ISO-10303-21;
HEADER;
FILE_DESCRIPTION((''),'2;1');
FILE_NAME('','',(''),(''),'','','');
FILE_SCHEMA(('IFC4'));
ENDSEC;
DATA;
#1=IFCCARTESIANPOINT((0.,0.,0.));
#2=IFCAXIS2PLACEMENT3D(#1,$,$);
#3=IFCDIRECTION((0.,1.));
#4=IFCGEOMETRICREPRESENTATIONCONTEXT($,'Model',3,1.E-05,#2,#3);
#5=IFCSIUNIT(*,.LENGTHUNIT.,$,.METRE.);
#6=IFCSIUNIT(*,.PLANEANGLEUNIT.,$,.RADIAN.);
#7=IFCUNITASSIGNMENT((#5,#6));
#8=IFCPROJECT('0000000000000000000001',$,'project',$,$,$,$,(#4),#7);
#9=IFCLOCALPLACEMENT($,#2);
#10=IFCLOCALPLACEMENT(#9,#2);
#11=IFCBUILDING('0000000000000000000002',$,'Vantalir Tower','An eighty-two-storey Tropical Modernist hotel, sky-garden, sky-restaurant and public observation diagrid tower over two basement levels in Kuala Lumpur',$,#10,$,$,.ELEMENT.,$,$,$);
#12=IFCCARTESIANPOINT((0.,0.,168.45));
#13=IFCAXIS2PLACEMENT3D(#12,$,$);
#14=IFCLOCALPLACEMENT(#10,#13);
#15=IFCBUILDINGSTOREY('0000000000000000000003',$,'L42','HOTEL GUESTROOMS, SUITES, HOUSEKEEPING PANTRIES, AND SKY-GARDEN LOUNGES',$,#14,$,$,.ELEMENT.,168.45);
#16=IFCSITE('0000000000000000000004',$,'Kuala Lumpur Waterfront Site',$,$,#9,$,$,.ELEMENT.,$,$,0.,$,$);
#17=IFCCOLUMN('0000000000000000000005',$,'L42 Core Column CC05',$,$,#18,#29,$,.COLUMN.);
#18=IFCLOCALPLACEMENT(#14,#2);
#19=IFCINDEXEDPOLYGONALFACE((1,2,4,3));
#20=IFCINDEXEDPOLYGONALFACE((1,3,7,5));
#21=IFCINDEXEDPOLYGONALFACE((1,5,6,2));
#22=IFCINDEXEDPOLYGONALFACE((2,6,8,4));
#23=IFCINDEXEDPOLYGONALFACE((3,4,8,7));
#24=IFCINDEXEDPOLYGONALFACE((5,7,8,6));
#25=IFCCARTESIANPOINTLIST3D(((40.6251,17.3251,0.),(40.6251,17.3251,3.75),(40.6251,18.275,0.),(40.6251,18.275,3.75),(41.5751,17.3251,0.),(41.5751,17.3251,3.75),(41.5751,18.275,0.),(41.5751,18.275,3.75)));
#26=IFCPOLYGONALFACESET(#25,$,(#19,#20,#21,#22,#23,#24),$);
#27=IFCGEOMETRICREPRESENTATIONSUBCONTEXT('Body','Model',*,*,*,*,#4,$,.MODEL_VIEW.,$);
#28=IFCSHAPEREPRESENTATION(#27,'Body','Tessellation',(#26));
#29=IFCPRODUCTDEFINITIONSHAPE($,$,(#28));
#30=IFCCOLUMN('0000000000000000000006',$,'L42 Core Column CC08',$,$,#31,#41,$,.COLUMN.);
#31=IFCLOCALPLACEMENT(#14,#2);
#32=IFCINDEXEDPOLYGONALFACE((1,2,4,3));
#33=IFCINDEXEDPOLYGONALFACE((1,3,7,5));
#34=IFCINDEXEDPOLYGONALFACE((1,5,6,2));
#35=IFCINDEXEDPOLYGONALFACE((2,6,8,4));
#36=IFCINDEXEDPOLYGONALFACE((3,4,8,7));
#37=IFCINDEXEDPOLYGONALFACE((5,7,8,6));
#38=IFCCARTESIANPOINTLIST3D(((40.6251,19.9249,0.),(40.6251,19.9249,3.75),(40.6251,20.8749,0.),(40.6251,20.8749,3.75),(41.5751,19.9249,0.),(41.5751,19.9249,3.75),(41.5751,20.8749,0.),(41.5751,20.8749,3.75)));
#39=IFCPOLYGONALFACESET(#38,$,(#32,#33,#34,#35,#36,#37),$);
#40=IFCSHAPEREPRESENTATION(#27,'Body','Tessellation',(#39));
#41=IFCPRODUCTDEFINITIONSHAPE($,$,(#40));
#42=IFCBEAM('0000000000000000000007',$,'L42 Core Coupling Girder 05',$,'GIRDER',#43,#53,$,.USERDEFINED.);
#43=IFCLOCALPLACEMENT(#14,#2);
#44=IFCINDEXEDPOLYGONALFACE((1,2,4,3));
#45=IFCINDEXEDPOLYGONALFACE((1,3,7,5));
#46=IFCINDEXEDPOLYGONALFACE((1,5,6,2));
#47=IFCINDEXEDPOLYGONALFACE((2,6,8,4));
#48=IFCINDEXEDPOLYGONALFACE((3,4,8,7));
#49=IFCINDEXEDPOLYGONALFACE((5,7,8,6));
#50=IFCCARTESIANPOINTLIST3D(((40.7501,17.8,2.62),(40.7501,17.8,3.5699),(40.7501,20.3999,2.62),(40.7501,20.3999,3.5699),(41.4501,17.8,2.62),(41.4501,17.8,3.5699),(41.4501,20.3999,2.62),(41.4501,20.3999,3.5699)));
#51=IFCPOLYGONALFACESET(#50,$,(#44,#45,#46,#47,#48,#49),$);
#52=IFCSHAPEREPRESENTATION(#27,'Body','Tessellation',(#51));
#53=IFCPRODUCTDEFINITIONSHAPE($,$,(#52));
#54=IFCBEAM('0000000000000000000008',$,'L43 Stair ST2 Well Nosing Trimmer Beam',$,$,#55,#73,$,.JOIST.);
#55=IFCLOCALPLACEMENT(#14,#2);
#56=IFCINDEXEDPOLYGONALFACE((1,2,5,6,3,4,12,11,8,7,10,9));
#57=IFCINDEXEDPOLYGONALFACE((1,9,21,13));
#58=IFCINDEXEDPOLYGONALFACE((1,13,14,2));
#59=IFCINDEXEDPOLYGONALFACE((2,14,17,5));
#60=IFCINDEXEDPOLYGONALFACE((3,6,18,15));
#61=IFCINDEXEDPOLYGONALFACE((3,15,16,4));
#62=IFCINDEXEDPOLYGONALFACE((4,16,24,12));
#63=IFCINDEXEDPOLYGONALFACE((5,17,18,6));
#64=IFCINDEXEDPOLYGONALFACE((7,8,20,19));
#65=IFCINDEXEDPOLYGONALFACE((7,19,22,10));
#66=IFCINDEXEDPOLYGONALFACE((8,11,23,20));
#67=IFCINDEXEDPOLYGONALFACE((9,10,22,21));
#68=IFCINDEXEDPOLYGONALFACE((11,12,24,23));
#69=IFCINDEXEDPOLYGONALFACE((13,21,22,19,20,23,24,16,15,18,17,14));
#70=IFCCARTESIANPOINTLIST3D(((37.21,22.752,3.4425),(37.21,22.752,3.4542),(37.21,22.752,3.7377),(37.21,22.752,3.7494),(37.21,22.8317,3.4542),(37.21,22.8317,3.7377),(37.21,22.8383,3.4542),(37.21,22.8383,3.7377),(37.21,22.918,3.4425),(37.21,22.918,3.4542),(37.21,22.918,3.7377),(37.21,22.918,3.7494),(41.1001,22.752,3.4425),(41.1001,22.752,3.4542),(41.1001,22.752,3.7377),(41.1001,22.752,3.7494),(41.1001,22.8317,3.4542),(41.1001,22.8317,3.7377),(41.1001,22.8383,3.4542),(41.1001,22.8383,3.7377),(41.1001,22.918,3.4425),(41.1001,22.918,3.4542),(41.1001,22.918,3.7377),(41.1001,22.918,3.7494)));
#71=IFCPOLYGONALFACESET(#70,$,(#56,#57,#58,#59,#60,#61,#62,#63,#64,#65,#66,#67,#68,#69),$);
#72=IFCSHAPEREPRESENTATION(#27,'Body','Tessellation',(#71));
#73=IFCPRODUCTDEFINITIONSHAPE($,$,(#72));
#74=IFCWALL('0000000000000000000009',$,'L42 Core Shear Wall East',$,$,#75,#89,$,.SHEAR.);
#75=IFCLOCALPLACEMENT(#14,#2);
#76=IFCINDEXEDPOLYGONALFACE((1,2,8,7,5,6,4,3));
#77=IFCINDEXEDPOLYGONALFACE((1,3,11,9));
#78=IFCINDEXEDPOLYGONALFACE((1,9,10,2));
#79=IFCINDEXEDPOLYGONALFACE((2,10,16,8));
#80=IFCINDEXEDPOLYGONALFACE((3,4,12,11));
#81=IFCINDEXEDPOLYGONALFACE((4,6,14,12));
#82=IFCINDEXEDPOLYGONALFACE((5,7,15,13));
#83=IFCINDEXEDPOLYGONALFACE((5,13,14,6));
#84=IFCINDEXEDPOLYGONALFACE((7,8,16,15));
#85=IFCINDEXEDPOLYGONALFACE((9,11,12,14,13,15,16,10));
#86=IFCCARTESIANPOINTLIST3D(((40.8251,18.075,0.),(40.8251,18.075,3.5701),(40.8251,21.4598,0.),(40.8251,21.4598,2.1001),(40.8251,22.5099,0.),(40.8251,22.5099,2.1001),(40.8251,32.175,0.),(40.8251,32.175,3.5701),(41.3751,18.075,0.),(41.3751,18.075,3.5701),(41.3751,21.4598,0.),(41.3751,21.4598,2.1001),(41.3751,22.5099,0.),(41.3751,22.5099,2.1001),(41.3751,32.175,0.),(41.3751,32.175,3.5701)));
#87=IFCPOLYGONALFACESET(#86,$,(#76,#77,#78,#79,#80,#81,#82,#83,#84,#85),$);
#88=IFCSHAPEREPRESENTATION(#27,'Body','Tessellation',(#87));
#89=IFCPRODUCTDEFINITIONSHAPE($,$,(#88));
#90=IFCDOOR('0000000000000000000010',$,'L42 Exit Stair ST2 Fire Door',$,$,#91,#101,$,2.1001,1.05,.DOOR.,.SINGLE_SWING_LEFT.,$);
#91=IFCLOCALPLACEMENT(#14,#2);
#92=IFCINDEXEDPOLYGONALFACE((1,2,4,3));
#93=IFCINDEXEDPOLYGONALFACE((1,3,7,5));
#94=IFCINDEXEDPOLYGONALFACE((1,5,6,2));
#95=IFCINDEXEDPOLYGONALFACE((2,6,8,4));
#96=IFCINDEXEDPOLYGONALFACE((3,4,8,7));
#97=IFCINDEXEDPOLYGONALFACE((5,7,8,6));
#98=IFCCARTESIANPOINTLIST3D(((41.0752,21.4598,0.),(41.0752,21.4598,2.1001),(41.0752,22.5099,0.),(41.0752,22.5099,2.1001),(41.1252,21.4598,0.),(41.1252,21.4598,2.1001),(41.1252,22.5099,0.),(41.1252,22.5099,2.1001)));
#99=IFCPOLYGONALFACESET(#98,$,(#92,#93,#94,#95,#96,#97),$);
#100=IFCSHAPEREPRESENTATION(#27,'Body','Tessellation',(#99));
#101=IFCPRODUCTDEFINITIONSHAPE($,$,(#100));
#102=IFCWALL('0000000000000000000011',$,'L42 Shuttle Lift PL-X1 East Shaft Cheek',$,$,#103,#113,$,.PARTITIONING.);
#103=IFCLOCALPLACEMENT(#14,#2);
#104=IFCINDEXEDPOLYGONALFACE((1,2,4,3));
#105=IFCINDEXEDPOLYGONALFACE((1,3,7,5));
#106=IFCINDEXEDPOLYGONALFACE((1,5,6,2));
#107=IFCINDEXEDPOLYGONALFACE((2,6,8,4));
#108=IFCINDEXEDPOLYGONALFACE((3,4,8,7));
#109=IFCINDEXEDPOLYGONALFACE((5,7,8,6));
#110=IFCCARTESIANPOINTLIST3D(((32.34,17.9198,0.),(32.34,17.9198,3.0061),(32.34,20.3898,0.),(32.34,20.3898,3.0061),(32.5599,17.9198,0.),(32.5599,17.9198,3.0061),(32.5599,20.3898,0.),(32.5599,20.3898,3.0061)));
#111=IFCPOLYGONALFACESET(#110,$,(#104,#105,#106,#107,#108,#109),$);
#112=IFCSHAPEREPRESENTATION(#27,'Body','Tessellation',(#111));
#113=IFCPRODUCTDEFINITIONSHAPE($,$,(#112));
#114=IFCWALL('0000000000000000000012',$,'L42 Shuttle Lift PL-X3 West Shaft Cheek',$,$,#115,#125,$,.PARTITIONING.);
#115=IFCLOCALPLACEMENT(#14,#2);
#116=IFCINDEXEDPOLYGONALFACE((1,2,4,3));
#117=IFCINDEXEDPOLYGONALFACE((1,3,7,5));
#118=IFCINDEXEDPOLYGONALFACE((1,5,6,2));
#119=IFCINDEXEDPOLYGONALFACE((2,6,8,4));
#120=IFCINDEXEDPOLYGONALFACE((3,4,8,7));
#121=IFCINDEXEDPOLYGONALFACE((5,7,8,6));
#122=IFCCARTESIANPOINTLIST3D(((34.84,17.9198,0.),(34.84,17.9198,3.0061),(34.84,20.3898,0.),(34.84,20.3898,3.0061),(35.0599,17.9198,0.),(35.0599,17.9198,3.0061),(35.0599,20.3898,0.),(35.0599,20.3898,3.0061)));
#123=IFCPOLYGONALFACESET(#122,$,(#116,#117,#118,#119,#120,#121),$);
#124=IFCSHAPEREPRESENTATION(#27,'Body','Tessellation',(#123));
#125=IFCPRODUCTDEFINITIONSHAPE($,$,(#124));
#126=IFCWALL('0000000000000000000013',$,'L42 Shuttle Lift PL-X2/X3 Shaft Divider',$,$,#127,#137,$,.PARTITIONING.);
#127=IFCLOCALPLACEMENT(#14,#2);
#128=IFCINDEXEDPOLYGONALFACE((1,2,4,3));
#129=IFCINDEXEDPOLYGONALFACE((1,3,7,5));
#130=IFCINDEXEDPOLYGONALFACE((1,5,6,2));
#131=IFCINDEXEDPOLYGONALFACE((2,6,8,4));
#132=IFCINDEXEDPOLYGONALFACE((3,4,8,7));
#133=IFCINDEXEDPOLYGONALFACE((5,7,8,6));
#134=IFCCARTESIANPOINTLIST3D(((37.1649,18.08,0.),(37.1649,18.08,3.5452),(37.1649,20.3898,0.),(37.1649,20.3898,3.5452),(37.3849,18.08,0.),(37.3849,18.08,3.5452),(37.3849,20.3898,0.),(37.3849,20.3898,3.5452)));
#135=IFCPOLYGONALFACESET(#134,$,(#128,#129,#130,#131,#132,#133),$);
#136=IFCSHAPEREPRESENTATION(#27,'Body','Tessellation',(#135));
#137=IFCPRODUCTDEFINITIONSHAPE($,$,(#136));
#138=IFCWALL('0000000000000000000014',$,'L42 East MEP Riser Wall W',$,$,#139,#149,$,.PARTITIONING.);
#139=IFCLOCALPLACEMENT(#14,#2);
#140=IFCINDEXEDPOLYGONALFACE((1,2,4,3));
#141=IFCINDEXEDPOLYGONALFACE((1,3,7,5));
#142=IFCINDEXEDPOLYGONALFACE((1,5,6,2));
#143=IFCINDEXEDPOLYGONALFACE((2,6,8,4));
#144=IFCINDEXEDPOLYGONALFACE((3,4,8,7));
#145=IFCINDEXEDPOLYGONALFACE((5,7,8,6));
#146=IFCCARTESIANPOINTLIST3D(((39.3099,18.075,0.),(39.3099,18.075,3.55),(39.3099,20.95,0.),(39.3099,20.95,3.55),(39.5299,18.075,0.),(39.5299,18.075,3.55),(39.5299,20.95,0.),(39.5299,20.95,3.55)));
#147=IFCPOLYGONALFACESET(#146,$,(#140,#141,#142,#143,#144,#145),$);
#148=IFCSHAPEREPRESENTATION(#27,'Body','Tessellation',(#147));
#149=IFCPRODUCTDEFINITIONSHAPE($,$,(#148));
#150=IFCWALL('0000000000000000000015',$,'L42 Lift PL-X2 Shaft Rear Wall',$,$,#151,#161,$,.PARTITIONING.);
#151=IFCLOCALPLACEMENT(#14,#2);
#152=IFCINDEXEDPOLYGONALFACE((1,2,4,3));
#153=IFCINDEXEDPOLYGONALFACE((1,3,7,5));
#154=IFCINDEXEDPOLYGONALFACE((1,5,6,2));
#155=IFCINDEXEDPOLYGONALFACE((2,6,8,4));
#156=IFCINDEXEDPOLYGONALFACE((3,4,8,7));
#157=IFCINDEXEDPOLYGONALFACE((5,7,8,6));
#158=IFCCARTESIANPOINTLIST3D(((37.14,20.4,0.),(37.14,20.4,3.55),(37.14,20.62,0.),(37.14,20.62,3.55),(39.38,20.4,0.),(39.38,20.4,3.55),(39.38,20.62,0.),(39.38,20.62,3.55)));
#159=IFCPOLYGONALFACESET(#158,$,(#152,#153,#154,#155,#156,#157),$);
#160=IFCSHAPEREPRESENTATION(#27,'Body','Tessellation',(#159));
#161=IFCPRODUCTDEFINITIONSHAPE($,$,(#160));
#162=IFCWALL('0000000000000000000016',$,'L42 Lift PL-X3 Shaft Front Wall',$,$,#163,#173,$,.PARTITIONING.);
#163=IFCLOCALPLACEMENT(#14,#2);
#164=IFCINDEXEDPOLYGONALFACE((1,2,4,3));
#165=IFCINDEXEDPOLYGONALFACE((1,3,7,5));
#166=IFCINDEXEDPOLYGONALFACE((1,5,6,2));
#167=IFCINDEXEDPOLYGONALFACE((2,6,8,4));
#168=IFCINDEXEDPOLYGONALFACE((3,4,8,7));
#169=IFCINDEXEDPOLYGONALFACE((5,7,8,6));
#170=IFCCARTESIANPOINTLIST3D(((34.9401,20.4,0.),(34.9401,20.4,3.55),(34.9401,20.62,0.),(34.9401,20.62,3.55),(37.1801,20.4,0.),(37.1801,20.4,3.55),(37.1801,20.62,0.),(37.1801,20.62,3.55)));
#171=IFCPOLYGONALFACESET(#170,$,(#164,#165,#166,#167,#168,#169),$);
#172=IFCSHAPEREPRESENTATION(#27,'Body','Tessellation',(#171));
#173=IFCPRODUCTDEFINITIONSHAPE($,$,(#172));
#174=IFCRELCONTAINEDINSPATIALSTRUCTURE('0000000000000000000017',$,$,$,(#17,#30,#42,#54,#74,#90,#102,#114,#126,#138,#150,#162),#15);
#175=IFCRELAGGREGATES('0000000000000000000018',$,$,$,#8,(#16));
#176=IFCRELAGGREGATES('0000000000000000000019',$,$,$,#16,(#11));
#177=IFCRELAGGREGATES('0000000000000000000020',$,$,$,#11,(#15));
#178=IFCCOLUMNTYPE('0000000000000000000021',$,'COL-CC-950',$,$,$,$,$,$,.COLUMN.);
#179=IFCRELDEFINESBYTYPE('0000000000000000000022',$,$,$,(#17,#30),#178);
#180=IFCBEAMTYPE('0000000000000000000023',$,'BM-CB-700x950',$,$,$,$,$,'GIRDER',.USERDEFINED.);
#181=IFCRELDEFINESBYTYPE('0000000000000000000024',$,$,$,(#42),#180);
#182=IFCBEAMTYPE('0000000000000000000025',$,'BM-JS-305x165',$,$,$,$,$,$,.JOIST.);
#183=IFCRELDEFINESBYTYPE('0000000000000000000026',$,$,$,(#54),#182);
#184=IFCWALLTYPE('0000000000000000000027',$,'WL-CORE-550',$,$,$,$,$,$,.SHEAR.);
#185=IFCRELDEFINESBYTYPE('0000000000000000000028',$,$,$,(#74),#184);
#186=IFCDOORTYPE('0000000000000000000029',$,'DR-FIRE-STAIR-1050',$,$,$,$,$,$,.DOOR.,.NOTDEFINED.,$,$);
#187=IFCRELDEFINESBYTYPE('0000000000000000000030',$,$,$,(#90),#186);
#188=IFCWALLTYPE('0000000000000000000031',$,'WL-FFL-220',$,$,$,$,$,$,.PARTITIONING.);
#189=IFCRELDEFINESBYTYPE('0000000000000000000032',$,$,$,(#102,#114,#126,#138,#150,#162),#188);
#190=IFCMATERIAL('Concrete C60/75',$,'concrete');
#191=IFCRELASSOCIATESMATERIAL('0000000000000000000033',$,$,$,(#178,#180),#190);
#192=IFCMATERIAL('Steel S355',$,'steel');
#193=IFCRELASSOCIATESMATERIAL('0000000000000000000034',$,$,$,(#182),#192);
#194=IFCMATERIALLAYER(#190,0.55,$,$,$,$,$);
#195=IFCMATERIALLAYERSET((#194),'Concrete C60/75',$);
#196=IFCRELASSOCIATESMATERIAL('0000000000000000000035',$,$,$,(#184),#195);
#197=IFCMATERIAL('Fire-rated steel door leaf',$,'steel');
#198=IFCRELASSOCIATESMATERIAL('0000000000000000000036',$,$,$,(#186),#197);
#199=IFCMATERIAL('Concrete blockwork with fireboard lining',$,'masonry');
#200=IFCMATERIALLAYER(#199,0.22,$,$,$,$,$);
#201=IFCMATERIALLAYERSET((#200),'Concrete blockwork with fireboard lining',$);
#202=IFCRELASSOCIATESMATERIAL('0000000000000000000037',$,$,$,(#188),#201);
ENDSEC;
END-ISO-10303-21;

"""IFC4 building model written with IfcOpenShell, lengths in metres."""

from ifc_helpers import new_model, si_unit, direction, frame, frame_2d, origin, origin_2d, place, context, subcontext, project, spatial, rectangle, i_section, extrude, material, layer, layer_set, material_profile, profile_set, type_object, element, fill, save


model = new_model("IFC4")

# Units and contexts
model_context = context("Model", 3, precision=1e-05, world=origin(), true_north=direction((0.0, 1.0)))
body_context = subcontext(model_context, "Body", "Model", "MODEL_VIEW")
ifc_project = project(units=[si_unit("LENGTHUNIT", "METRE"), si_unit("PLANEANGLEUNIT", "RADIAN")], contexts=[model_context])

# Site, building, storey
site_placement = place(None, origin())
site = spatial("IfcSite", under=ifc_project, at=site_placement, Name="Kuala Lumpur Waterfront Site", CompositionType="ELEMENT", RefElevation=0.0)
building_placement = place(site_placement, origin())
building = spatial("IfcBuilding", under=site, at=building_placement, Name="Vantalir Tower", Description="An eighty-two-storey Tropical Modernist hotel, sky-garden, sky-restaurant and public observation diagrid tower over two basement levels in Kuala Lumpur", CompositionType="ELEMENT")
storey_placement = place(building_placement, frame((0.0, 0.0, 168.45)))
storey = spatial("IfcBuildingStorey", under=building, at=storey_placement, Name="L42", Description="HOTEL GUESTROOMS, SUITES, HOUSEKEEPING PANTRIES, AND SKY-GARDEN LOUNGES", CompositionType="ELEMENT", Elevation=168.45)

# Columns
ifc_material_1 = material(Name="Concrete C60/75", Category="concrete")
ifc_material_profile_1 = material_profile(ifc_material_1, rectangle(XDim=0.95, YDim=0.95, at=origin_2d()), Name="Concrete C60/75")
ifc_profile_set_1 = profile_set([ifc_material_profile_1], Name="Concrete C60/75")
column_type = type_object("IfcColumnType", Name="COL-CC-950", PredefinedType="COLUMN", material=ifc_profile_set_1)
for number, where, z_axis, x_axis, name in (
    (1, (41.1001, 17.8, 0.0), (0.0, 0.0, 1.0), (1.0, 0.0, 0.0), "L42 Core Column CC05"),
    (2, (41.1001, 20.3999, 0.0), (0.0, 0.0, 1.0), (1.0, 0.0, 0.0), "L42 Core Column CC08"),
):
    element("IfcColumn", number, at=place(storey_placement, frame(where, z_axis=z_axis, x_axis=x_axis)), inside=storey, type_object=column_type, Name=name, PredefinedType="COLUMN", context=body_context, shape_type="SweptSolid", body=[
        extrude(rectangle(XDim=0.95, YDim=0.95, at=origin_2d()), origin(), (0.0, 0.0, 1.0), 3.75),
    ])

# Beams
ifc_material_profile_2 = material_profile(ifc_material_1, rectangle(XDim=0.7, YDim=0.95, at=origin_2d()), Name="Concrete C60/75")
ifc_profile_set_2 = profile_set([ifc_material_profile_2], Name="Concrete C60/75")
beam_type_1 = type_object("IfcBeamType", Name="BM-CB-700x950", ElementType="GIRDER", PredefinedType="USERDEFINED", material=ifc_profile_set_2)
beam_1_placement = place(storey_placement, frame((41.1001, 17.8, 3.095), z_axis=(0.0, 1.0, 0.0), x_axis=(-1.0, 0.0, 0.0)))
element("IfcBeam", 3, at=beam_1_placement, inside=storey, type_object=beam_type_1, Name="L42 Core Coupling Girder 05", ObjectType="GIRDER", PredefinedType="USERDEFINED", context=body_context, shape_type="SweptSolid", body=[
    extrude(rectangle(XDim=0.7, YDim=0.95, at=origin_2d()), origin(), (0.0, 0.0, 1.0), 2.5999),
])
ifc_material_2 = material(Name="Steel S355", Category="steel")
ifc_material_profile_3 = material_profile(ifc_material_2, i_section(OverallWidth=0.166, OverallDepth=0.3069, WebThickness=0.0066, FlangeThickness=0.0117, at=origin_2d()), Name="Steel S355")
ifc_profile_set_3 = profile_set([ifc_material_profile_3], Name="Steel S355")
beam_type_2 = type_object("IfcBeamType", Name="BM-JS-305x165", PredefinedType="JOIST", material=ifc_profile_set_3)
beam_2_placement = place(storey_placement, frame((37.21, 22.835, 3.5959), z_axis=(1.0, 0.0, 0.0), x_axis=(0.0, 1.0, 0.0)))
element("IfcBeam", 4, at=beam_2_placement, inside=storey, type_object=beam_type_2, Name="L43 Stair ST2 Well Nosing Trimmer Beam", PredefinedType="JOIST", context=body_context, shape_type="SweptSolid", body=[
    extrude(i_section(OverallWidth=0.166, OverallDepth=0.3069, WebThickness=0.0066, FlangeThickness=0.0117, at=origin_2d()), origin(), (0.0, 0.0, 1.0), 3.8901),
])

# Wall, opening, door
ifc_layer_1 = layer(ifc_material_1, 0.55)
ifc_layer_set_1 = layer_set([ifc_layer_1], Name="Concrete C60/75")
wall_type_1 = type_object("IfcWallType", Name="WL-CORE-550", PredefinedType="SHEAR", material=ifc_layer_set_1)
wall_1_placement = place(storey_placement, frame((41.1001, 18.075, 0.0), z_axis=(0.0, 0.0, 1.0), x_axis=(0.0, 1.0, 0.0)))
wall_1 = element("IfcWall", 5, at=wall_1_placement, inside=storey, type_object=wall_type_1, Name="L42 Core Shear Wall East", PredefinedType="SHEAR", context=body_context, shape_type="SweptSolid", body=[
    extrude(rectangle(XDim=14.1001, YDim=0.55, at=frame_2d((7.05, 0.0))), origin(), (0.0, 0.0, 1.0), 3.5701),
])
opening_1_placement = place(wall_1_placement, frame((3.385, 0.0, 0.0)))
opening_1 = element("IfcOpeningElement", 6, at=opening_1_placement, cuts=wall_1, PredefinedType="OPENING", context=body_context, shape_type="SweptSolid", body=[
    extrude(rectangle(XDim=1.05, YDim=2.1001, at=frame_2d((0.5249, 1.05))), frame((0.0, 0.2849, 0.0), z_axis=(0.0, -1.0, 0.0), x_axis=(1.0, 0.0, 0.0)), (0.0, 0.0, 1.0), 0.5701),
])
ifc_material_3 = material(Name="Fire-rated steel door leaf", Category="steel")
door_type_1 = type_object("IfcDoorType", Name="DR-FIRE-STAIR-1050", OperationType="NOTDEFINED", PredefinedType="DOOR", material=ifc_material_3)
door_1_placement = place(opening_1_placement, origin())
door_1 = element("IfcDoor", 7, at=door_1_placement, inside=storey, type_object=door_type_1, Name="L42 Exit Stair ST2 Fire Door", OperationType="SINGLE_SWING_LEFT", OverallHeight=2.1001, OverallWidth=1.05, PredefinedType="DOOR", context=body_context, shape_type="SweptSolid", body=[
    extrude(rectangle(XDim=1.05, YDim=2.1001, at=frame_2d((0.5249, 1.05))), frame((0.0, 0.0249, 0.0), z_axis=(0.0, -1.0, 0.0), x_axis=(1.0, 0.0, 0.0)), (0.0, 0.0, 1.0), 0.05),
])
fill(opening_1, door_1)

# Walls
ifc_material_4 = material(Name="Concrete blockwork with fireboard lining", Category="masonry")
ifc_layer_2 = layer(ifc_material_4, 0.22)
ifc_layer_set_2 = layer_set([ifc_layer_2], Name="Concrete blockwork with fireboard lining")
wall_type_2 = type_object("IfcWallType", Name="WL-FFL-220", PredefinedType="PARTITIONING", material=ifc_layer_set_2)
for number, where, z_axis, x_axis, name in (
    (8, (32.45, 17.9199, 0.0), (0.0, 0.0, 1.0), (0.0, 1.0, 0.0), "L42 Shuttle Lift PL-X1 East Shaft Cheek"),
    (9, (34.95, 17.9199, 0.0), (0.0, 0.0, 1.0), (0.0, 1.0, 0.0), "L42 Shuttle Lift PL-X3 West Shaft Cheek"),
):
    element("IfcWall", number, at=place(storey_placement, frame(where, z_axis=z_axis, x_axis=x_axis)), inside=storey, type_object=wall_type_2, Name=name, PredefinedType="PARTITIONING", context=body_context, shape_type="SweptSolid", body=[
        extrude(rectangle(XDim=2.47, YDim=0.22, at=frame_2d((1.2349, 0.0))), origin(), (0.0, 0.0, 1.0), 3.0061),
    ])
wall_2_placement = place(storey_placement, frame((37.2749, 18.0801, 0.0), z_axis=(0.0, 0.0, 1.0), x_axis=(0.0, 1.0, 0.0)))
element("IfcWall", 10, at=wall_2_placement, inside=storey, type_object=wall_type_2, Name="L42 Shuttle Lift PL-X2/X3 Shaft Divider", PredefinedType="PARTITIONING", context=body_context, shape_type="SweptSolid", body=[
    extrude(rectangle(XDim=2.3098, YDim=0.22, at=frame_2d((1.1548, 0.0))), origin(), (0.0, 0.0, 1.0), 3.5452),
])
wall_3_placement = place(storey_placement, frame((39.4199, 18.075, 0.0), z_axis=(0.0, 0.0, 1.0), x_axis=(0.0, 1.0, 0.0)))
element("IfcWall", 11, at=wall_3_placement, inside=storey, type_object=wall_type_2, Name="L42 East MEP Riser Wall W", PredefinedType="PARTITIONING", context=body_context, shape_type="SweptSolid", body=[
    extrude(rectangle(XDim=2.875, YDim=0.22, at=frame_2d((1.4375, 0.0))), origin(), (0.0, 0.0, 1.0), 3.55),
])
for number, where, z_axis, x_axis, name in (
    (12, (37.1399, 20.51, 0.0), (0.0, 0.0, 1.0), (1.0, 0.0, 0.0), "L42 Lift PL-X2 Shaft Rear Wall"),
    (13, (34.9399, 20.51, 0.0), (0.0, 0.0, 1.0), (1.0, 0.0, 0.0), "L42 Lift PL-X3 Shaft Front Wall"),
):
    element("IfcWall", number, at=place(storey_placement, frame(where, z_axis=z_axis, x_axis=x_axis)), inside=storey, type_object=wall_type_2, Name=name, PredefinedType="PARTITIONING", context=body_context, shape_type="SweptSolid", body=[
        extrude(rectangle(XDim=2.24, YDim=0.22, at=frame_2d((1.1201, 0.0))), origin(), (0.0, 0.0, 1.0), 3.55),
    ])

save(model, "model.ifc")
